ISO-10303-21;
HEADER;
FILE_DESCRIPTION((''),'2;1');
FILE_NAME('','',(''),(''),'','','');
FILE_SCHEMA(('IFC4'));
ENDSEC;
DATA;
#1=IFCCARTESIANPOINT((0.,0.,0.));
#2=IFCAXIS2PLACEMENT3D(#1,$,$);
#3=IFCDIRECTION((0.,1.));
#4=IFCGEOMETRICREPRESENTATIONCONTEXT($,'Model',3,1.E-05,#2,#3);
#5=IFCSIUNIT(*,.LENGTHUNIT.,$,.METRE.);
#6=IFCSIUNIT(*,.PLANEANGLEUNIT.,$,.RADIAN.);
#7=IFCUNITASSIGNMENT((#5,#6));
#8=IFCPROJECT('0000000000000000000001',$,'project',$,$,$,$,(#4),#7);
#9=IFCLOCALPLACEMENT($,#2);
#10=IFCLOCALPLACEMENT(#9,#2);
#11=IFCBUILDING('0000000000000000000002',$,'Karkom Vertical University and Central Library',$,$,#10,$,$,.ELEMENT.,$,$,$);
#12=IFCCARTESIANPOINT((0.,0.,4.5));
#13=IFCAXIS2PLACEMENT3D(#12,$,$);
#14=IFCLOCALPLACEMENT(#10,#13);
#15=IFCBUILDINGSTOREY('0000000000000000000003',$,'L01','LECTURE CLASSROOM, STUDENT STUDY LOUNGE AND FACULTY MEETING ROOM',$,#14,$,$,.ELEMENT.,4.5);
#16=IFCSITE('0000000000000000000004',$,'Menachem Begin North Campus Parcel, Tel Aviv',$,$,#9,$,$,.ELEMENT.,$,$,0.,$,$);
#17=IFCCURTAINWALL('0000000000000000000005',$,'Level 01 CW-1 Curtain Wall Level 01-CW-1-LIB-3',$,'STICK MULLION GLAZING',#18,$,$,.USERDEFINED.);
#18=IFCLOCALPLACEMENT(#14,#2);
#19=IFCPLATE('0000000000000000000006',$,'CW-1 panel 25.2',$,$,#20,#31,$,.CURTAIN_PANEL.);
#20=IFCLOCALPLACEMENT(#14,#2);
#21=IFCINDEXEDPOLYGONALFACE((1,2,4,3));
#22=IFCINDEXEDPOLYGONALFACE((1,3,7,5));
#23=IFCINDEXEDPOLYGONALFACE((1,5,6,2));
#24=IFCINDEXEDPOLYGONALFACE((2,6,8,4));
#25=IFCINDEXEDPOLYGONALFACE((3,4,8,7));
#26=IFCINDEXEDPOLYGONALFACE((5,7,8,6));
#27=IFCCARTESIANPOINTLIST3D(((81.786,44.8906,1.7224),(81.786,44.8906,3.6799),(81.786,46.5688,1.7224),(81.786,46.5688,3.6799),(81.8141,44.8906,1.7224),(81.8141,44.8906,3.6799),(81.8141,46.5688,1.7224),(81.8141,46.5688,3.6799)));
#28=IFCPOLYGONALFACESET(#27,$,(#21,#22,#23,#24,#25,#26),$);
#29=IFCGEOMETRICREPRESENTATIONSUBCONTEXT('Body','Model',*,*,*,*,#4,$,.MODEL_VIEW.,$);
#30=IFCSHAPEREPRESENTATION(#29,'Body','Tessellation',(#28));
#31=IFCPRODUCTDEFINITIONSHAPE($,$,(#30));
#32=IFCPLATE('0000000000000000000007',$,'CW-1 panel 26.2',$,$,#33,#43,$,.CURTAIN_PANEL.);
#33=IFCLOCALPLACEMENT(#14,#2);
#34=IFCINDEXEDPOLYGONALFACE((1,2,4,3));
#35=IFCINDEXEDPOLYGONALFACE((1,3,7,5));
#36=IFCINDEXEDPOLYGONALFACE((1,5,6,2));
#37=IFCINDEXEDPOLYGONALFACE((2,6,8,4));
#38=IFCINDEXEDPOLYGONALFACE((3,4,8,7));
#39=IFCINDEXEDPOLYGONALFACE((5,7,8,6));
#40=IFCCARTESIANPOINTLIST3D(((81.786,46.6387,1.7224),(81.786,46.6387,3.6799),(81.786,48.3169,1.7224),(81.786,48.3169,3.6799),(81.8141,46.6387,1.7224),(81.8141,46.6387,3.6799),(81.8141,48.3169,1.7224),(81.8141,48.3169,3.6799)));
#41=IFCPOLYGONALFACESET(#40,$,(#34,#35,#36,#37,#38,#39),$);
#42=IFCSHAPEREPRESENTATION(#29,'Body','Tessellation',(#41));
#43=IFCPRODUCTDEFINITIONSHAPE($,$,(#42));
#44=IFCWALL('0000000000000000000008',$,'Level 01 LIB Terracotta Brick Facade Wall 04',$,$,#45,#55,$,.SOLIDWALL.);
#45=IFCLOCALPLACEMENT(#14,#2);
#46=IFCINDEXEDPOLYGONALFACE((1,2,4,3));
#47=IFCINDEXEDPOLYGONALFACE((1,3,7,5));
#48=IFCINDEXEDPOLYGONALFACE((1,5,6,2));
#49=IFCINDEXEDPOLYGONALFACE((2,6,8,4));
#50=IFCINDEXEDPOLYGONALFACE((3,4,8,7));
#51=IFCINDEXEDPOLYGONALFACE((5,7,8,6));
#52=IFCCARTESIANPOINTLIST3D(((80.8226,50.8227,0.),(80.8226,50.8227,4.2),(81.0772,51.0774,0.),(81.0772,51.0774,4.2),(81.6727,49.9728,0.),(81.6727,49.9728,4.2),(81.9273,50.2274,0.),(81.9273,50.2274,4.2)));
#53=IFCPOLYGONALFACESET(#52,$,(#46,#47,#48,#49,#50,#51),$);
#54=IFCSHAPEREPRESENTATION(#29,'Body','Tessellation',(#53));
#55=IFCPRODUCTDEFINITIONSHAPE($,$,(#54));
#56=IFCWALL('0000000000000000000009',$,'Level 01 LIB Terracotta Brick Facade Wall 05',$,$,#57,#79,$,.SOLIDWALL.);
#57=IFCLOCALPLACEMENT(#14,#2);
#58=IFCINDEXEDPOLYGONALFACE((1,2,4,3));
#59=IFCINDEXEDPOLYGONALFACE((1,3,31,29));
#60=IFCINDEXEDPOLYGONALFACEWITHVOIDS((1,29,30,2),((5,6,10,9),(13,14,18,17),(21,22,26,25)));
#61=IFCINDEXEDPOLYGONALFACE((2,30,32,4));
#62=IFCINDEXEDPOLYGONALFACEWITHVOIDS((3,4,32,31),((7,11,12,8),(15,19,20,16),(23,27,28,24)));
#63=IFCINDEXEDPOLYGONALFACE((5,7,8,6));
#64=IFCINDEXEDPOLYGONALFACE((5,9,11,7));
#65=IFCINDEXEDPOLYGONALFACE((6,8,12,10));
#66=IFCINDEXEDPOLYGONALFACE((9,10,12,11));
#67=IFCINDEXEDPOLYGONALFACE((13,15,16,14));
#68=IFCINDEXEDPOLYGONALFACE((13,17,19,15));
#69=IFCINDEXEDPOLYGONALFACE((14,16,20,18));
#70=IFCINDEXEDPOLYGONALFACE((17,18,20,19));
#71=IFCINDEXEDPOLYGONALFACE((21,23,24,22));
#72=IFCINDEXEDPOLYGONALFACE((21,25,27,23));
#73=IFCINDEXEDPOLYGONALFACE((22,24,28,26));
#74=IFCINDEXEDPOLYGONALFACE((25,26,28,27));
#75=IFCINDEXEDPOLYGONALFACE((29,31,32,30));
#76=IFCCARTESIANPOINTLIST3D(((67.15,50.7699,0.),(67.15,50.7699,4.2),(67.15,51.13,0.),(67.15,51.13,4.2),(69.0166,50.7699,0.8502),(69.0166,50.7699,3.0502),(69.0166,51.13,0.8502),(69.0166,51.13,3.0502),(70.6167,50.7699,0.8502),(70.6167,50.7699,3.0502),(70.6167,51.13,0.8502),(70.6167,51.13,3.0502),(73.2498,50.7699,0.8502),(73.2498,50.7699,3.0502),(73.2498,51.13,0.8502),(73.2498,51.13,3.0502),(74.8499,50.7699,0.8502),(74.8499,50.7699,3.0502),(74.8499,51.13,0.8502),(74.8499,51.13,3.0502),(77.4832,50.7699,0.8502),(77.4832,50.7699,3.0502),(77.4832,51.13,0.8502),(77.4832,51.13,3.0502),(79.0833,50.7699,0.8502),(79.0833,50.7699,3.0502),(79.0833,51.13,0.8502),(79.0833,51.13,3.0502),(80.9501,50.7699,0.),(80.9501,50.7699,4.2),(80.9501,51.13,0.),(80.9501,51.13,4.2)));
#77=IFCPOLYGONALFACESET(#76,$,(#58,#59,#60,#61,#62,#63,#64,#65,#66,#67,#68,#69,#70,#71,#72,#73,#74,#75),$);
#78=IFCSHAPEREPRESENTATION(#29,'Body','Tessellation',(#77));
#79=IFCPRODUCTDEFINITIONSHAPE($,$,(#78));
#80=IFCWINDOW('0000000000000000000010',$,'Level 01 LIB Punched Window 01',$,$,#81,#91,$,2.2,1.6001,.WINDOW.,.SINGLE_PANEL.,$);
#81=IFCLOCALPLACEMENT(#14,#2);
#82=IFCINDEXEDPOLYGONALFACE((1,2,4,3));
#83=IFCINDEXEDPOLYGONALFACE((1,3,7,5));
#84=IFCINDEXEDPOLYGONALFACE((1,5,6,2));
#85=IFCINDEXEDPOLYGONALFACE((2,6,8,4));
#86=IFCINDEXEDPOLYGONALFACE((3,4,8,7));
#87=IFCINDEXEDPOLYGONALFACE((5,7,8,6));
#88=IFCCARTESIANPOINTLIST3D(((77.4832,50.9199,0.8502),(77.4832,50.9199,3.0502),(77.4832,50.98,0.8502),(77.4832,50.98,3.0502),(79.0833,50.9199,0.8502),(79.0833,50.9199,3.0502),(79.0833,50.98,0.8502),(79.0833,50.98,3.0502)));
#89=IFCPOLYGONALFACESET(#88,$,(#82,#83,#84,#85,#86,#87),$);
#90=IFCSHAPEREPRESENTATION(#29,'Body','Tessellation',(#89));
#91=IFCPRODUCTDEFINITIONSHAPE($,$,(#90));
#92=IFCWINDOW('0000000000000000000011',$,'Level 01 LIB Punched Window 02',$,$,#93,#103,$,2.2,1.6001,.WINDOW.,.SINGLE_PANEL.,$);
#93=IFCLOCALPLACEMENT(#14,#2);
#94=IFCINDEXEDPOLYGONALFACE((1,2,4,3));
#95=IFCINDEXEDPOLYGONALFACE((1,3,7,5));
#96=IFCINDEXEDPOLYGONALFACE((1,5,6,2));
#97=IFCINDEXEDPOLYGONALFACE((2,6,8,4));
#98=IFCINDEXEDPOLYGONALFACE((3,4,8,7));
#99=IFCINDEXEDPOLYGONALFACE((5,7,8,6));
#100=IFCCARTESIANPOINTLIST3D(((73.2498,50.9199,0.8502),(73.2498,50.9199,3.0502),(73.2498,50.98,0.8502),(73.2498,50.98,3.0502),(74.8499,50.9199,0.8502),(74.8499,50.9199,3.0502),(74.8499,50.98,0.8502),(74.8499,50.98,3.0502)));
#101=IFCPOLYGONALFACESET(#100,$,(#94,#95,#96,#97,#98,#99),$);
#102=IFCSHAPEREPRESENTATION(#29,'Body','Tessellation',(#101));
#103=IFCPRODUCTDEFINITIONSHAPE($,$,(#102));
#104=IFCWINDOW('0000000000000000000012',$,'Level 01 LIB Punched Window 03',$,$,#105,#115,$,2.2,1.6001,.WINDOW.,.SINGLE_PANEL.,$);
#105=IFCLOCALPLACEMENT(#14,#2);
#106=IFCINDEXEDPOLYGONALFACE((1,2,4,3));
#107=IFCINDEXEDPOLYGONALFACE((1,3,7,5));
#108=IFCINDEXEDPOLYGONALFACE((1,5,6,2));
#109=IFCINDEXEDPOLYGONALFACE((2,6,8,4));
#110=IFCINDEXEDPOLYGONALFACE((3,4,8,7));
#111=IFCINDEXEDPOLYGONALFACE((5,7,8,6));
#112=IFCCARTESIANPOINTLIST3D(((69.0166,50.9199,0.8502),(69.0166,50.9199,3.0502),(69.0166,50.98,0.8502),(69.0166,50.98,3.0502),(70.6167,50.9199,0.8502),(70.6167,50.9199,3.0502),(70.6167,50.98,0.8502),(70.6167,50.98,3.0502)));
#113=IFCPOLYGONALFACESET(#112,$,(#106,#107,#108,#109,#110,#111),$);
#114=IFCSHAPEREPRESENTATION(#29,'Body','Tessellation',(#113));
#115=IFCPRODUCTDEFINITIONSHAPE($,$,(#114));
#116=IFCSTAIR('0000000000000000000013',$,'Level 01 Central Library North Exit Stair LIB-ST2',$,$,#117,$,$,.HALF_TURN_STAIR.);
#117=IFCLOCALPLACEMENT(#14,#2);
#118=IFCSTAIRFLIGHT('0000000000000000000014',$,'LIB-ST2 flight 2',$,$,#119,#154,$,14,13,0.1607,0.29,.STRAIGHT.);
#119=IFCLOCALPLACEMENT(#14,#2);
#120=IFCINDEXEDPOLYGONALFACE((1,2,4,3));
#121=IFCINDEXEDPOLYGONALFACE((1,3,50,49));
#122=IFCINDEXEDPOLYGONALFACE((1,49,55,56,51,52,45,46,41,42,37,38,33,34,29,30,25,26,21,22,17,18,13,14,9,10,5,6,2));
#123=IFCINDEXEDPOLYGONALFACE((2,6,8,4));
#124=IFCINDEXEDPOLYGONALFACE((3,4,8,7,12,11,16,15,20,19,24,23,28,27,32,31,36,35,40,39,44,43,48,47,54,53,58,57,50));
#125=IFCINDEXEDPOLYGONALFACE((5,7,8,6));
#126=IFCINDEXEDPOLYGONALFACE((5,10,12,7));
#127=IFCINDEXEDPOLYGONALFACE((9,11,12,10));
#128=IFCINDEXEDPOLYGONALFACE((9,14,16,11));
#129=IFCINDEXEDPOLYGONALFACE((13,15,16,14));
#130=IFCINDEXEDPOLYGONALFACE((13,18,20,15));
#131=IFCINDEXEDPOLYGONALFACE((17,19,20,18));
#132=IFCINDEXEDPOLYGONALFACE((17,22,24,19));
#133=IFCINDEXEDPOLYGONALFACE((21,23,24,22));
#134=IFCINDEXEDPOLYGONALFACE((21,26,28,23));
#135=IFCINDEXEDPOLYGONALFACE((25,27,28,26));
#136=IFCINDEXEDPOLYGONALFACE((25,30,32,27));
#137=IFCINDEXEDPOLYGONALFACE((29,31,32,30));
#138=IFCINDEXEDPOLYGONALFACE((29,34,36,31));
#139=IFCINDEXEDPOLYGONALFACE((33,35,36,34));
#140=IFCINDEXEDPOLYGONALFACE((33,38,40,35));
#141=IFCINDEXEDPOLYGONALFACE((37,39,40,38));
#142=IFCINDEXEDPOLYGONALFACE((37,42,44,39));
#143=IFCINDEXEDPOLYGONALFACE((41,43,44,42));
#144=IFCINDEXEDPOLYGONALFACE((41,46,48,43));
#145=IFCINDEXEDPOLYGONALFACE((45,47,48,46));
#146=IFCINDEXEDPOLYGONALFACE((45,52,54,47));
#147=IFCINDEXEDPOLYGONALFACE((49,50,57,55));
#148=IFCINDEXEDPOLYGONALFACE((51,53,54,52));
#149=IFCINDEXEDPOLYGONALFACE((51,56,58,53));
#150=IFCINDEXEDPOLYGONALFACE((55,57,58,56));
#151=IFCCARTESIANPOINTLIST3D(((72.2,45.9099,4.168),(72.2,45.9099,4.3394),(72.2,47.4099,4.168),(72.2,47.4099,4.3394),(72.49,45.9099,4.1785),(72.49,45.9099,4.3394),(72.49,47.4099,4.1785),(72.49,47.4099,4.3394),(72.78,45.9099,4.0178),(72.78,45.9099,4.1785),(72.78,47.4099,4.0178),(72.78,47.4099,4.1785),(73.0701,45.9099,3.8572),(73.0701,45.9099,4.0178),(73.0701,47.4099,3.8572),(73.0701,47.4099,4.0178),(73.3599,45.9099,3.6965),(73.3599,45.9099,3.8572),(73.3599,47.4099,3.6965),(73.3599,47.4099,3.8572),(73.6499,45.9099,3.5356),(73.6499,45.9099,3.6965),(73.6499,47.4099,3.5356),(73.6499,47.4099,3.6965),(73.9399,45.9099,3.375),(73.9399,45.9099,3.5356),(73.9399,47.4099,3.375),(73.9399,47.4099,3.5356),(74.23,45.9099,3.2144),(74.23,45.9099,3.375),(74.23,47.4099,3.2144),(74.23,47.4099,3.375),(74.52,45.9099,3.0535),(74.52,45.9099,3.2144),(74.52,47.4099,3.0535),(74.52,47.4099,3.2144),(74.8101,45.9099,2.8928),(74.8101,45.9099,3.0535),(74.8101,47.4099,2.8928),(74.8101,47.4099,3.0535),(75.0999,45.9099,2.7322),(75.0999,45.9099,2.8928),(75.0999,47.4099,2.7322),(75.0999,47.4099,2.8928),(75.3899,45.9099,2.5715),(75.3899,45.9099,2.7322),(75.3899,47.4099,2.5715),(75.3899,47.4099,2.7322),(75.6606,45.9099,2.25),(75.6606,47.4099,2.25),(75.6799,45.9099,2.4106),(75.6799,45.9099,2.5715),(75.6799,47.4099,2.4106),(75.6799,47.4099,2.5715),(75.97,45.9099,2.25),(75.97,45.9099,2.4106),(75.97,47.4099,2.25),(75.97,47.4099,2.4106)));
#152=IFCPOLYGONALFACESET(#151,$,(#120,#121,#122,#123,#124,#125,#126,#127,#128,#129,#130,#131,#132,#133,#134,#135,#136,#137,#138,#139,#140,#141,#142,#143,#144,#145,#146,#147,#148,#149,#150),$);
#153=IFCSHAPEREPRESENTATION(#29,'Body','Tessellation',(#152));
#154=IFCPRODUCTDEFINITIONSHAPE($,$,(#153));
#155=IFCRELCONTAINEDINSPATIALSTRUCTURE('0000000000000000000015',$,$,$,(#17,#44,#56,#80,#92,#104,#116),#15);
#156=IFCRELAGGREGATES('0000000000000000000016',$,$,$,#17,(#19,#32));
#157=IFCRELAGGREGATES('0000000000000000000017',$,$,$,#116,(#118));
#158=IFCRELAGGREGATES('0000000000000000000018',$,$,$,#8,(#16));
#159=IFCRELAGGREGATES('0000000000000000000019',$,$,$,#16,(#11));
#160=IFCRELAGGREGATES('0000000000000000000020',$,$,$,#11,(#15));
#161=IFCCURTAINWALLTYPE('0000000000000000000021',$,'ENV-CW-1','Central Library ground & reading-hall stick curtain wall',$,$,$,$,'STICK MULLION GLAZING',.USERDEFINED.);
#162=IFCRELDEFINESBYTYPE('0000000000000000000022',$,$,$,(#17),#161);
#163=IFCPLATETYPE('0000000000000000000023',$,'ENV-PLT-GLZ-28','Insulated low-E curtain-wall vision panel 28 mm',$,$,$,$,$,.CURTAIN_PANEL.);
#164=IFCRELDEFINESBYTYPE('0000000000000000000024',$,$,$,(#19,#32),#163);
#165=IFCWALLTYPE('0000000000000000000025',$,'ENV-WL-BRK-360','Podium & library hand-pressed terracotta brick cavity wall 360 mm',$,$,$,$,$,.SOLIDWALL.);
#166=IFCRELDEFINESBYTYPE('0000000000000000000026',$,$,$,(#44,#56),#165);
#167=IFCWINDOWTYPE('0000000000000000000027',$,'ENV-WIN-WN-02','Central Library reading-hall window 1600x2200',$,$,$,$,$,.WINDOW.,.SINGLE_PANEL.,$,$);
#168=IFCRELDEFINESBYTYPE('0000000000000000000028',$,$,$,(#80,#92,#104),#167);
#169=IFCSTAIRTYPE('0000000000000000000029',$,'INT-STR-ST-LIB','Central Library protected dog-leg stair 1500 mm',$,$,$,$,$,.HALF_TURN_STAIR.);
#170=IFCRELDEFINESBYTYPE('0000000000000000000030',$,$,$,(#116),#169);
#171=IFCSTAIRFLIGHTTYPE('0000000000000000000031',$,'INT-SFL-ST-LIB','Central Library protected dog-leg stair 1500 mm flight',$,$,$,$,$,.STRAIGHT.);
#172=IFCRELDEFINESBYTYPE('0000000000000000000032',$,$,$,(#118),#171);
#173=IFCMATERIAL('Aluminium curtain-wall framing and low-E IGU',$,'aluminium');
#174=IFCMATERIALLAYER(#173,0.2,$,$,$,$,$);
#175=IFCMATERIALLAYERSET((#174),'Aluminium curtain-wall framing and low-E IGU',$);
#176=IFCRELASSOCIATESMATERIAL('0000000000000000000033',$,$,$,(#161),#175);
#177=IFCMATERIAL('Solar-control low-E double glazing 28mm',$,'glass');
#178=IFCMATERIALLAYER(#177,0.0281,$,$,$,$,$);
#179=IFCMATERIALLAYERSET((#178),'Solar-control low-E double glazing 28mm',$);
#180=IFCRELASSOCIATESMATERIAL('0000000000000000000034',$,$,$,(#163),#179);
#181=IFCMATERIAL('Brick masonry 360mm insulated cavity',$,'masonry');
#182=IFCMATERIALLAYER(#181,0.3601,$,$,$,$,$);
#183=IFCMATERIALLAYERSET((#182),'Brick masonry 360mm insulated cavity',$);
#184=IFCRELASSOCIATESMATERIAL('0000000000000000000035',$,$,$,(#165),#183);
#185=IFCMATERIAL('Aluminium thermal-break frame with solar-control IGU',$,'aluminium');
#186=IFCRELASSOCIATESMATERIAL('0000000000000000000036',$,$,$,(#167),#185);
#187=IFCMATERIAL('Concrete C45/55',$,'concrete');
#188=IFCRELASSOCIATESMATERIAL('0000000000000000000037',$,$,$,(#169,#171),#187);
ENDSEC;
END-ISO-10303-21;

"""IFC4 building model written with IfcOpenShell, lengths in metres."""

from ifc_helpers import new_model, si_unit, direction, frame, frame_2d, origin, origin_with_axes, origin_2d, place, context, subcontext, project, spatial, polyline, rectangle, outline, extrude, source, transform, mapped, material, layer, layer_set, type_object, element, fill, aggregate, save


model = new_model("IFC4")

# Units and contexts
model_context = context("Model", 3, precision=1e-05, world=origin(), true_north=direction((0.0, 1.0)))
body_context = subcontext(model_context, "Body", "Model", "MODEL_VIEW")
ifc_project = project(units=[si_unit("LENGTHUNIT", "METRE"), si_unit("PLANEANGLEUNIT", "RADIAN")], contexts=[model_context])

# Site, building, storey
site_placement = place(None, origin())
site = spatial("IfcSite", under=ifc_project, at=site_placement, Name="Menachem Begin North Campus Parcel, Tel Aviv", CompositionType="ELEMENT", RefElevation=0.0)
building_placement = place(site_placement, origin())
building = spatial("IfcBuilding", under=site, at=building_placement, Name="Karkom Vertical University and Central Library", CompositionType="ELEMENT")
storey_placement = place(building_placement, frame((0.0, 0.0, 4.5)))
storey = spatial("IfcBuildingStorey", under=building, at=storey_placement, Name="L01", Description="LECTURE CLASSROOM, STUDENT STUDY LOUNGE AND FACULTY MEETING ROOM", CompositionType="ELEMENT", Elevation=4.5)

# Shared definitions
ifc_material_1 = material(Name="Concrete C45/55", Category="concrete")

# Curtain wall, plates
ifc_material_2 = material(Name="Aluminium curtain-wall framing and low-E IGU", Category="aluminium")
ifc_layer_1 = layer(ifc_material_2, 0.2)
ifc_layer_set_1 = layer_set([ifc_layer_1], Name="Aluminium curtain-wall framing and low-E IGU")
curtain_wall_type = type_object("IfcCurtainWallType", Name="ENV-CW-1", Description="Central Library ground & reading-hall stick curtain wall", ElementType="STICK MULLION GLAZING", PredefinedType="USERDEFINED", material=ifc_layer_set_1)
curtain_wall_placement = place(storey_placement, origin())
curtain_wall = element("IfcCurtainWall", 1, at=curtain_wall_placement, inside=storey, type_object=curtain_wall_type, Name="Level 01 CW-1 Curtain Wall Level 01-CW-1-LIB-3", ObjectType="STICK MULLION GLAZING", PredefinedType="USERDEFINED")
ifc_material_3 = material(Name="Solar-control low-E double glazing 28mm", Category="glass")
ifc_layer_2 = layer(ifc_material_3, 0.0281)
ifc_layer_set_2 = layer_set([ifc_layer_2], Name="Solar-control low-E double glazing 28mm")
plate_type = type_object("IfcPlateType", Name="ENV-PLT-GLZ-28", Description="Insulated low-E curtain-wall vision panel 28 mm", PredefinedType="CURTAIN_PANEL", material=ifc_layer_set_2)
shared_shape_1 = source(origin_with_axes(), body_context, "Body", "SweptSolid", [
    extrude(rectangle(XDim=1.6782, YDim=0.0281, at=origin_2d()), origin(), (0.0, 0.0, 1.0), 1.9575),
])
plate_1_placement = place(storey_placement, frame((81.8, 45.7297, 1.7224), z_axis=(0.0, 0.0, 1.0), x_axis=(0.0, 1.0, 0.0)))
plate_1 = element("IfcPlate", 2, at=plate_1_placement, type_object=plate_type, Name="CW-1 panel 25.2", PredefinedType="CURTAIN_PANEL", context=body_context, shape_type="MappedRepresentation", body=[
    mapped(shared_shape_1, transform((0.0, 0.0, 0.0), scale=1.0)),
])
plate_2_placement = place(storey_placement, frame((81.8, 47.4778, 1.7224), z_axis=(0.0, 0.0, 1.0), x_axis=(0.0, 1.0, 0.0)))
plate_2 = element("IfcPlate", 3, at=plate_2_placement, type_object=plate_type, Name="CW-1 panel 26.2", PredefinedType="CURTAIN_PANEL", context=body_context, shape_type="MappedRepresentation", body=[
    mapped(shared_shape_1, transform((0.0, 0.0, 0.0), scale=1.0)),
])
aggregate(curtain_wall, [plate_1, plate_2])

# Wall
ifc_material_4 = material(Name="Brick masonry 360mm insulated cavity", Category="masonry")
ifc_layer_3 = layer(ifc_material_4, 0.3601)
ifc_layer_set_3 = layer_set([ifc_layer_3], Name="Brick masonry 360mm insulated cavity")
wall_type = type_object("IfcWallType", Name="ENV-WL-BRK-360", Description="Podium & library hand-pressed terracotta brick cavity wall 360 mm", PredefinedType="SOLIDWALL", material=ifc_layer_set_3)
wall_1_placement = place(storey_placement, frame((81.8, 50.1001, 0.0), z_axis=(0.0, 0.0, 1.0), x_axis=(-0.707208, 0.707005, 0.0)))
element("IfcWall", 4, at=wall_1_placement, inside=storey, type_object=wall_type, Name="Level 01 LIB Terracotta Brick Facade Wall 04", PredefinedType="SOLIDWALL", context=body_context, shape_type="SweptSolid", body=[
    extrude(rectangle(XDim=1.2021, YDim=0.3601, at=frame_2d((0.6011, 0.0))), origin(), (0.0, 0.0, 1.0), 4.2),
])

# Wall, openings, windows
wall_2_placement = place(storey_placement, frame((80.95, 50.95, 0.0), z_axis=(0.0, 0.0, 1.0), x_axis=(-1.0, 0.0, 0.0)))
wall_2 = element("IfcWall", 5, at=wall_2_placement, inside=storey, type_object=wall_type, Name="Level 01 LIB Terracotta Brick Facade Wall 05", PredefinedType="SOLIDWALL", context=body_context, shape_type="SweptSolid", body=[
    extrude(rectangle(XDim=13.8, YDim=0.3601, at=frame_2d((6.8999, 0.0))), origin(), (0.0, 0.0, 1.0), 4.2),
])
opening_1_placement = place(wall_2_placement, frame((1.8667, 0.0, 0.8501)))
opening_1 = element("IfcOpeningElement", 6, at=opening_1_placement, cuts=wall_2, PredefinedType="OPENING", context=body_context, shape_type="SweptSolid", body=[
    extrude(rectangle(XDim=1.6001, YDim=2.2, at=frame_2d((0.8, 1.1001))), frame((0.0, 0.1899, 0.0), z_axis=(0.0, -1.0, 0.0), x_axis=(1.0, 0.0, 0.0)), (0.0, 0.0, 1.0), 0.3801),
])
opening_2_placement = place(wall_2_placement, frame((6.1001, 0.0, 0.8501)))
opening_2 = element("IfcOpeningElement", 7, at=opening_2_placement, cuts=wall_2, PredefinedType="OPENING", context=body_context, shape_type="SweptSolid", body=[
    extrude(rectangle(XDim=1.6001, YDim=2.2, at=frame_2d((0.8, 1.1001))), frame((0.0, 0.1899, 0.0), z_axis=(0.0, -1.0, 0.0), x_axis=(1.0, 0.0, 0.0)), (0.0, 0.0, 1.0), 0.3801),
])
opening_3_placement = place(wall_2_placement, frame((10.3333, 0.0, 0.8501)))
opening_3 = element("IfcOpeningElement", 8, at=opening_3_placement, cuts=wall_2, PredefinedType="OPENING", context=body_context, shape_type="SweptSolid", body=[
    extrude(rectangle(XDim=1.6001, YDim=2.2, at=frame_2d((0.8, 1.1001))), frame((0.0, 0.1899, 0.0), z_axis=(0.0, -1.0, 0.0), x_axis=(1.0, 0.0, 0.0)), (0.0, 0.0, 1.0), 0.3801),
])
ifc_material_5 = material(Name="Aluminium thermal-break frame with solar-control IGU", Category="aluminium")
window_type = type_object("IfcWindowType", Name="ENV-WIN-WN-02", Description="Central Library reading-hall window 1600x2200", PartitioningType="SINGLE_PANEL", PredefinedType="WINDOW", material=ifc_material_5)
shared_shape_2 = source(origin_with_axes(), body_context, "Body", "SweptSolid", [
    extrude(rectangle(XDim=1.6001, YDim=2.2, at=frame_2d((0.8, 1.1001))), frame((0.0, 0.03, 0.0), z_axis=(0.0, -1.0, 0.0), x_axis=(1.0, 0.0, 0.0)), (0.0, 0.0, 1.0), 0.0601),
])
window_1_placement = place(opening_1_placement, origin())
window_1 = element("IfcWindow", 9, at=window_1_placement, inside=storey, type_object=window_type, Name="Level 01 LIB Punched Window 01", OverallHeight=2.2, OverallWidth=1.6001, PartitioningType="SINGLE_PANEL", PredefinedType="WINDOW", context=body_context, shape_type="MappedRepresentation", body=[
    mapped(shared_shape_2, transform((0.0, 0.0, 0.0), scale=1.0)),
])
fill(opening_1, window_1)
window_2_placement = place(opening_2_placement, origin())
window_2 = element("IfcWindow", 10, at=window_2_placement, inside=storey, type_object=window_type, Name="Level 01 LIB Punched Window 02", OverallHeight=2.2, OverallWidth=1.6001, PartitioningType="SINGLE_PANEL", PredefinedType="WINDOW", context=body_context, shape_type="MappedRepresentation", body=[
    mapped(shared_shape_2, transform((0.0, 0.0, 0.0), scale=1.0)),
])
fill(opening_2, window_2)
window_3_placement = place(opening_3_placement, origin())
window_3 = element("IfcWindow", 11, at=window_3_placement, inside=storey, type_object=window_type, Name="Level 01 LIB Punched Window 03", OverallHeight=2.2, OverallWidth=1.6001, PartitioningType="SINGLE_PANEL", PredefinedType="WINDOW", context=body_context, shape_type="MappedRepresentation", body=[
    mapped(shared_shape_2, transform((0.0, 0.0, 0.0), scale=1.0)),
])
fill(opening_3, window_3)

# Stair, stair flight
stair_type = type_object("IfcStairType", Name="INT-STR-ST-LIB", Description="Central Library protected dog-leg stair 1500 mm", PredefinedType="HALF_TURN_STAIR", material=ifc_material_1)
stair_placement = place(storey_placement, origin())
stair = element("IfcStair", 12, at=stair_placement, inside=storey, type_object=stair_type, Name="Level 01 Central Library North Exit Stair LIB-ST2", PredefinedType="HALF_TURN_STAIR")
stair_flight_type = type_object("IfcStairFlightType", Name="INT-SFL-ST-LIB", Description="Central Library protected dog-leg stair 1500 mm flight", PredefinedType="STRAIGHT", material=ifc_material_1)
stair_flight_placement = place(storey_placement, frame((75.97, 46.6599, 2.25), z_axis=(0.0, 0.0, 1.0), x_axis=(-1.0, 0.0, 0.0)))
stair_flight = element("IfcStairFlight", 13, at=stair_flight_placement, type_object=stair_flight_type, Name="LIB-ST2 flight 2", NumberOfRisers=14, NumberOfTreads=13, PredefinedType="STRAIGHT", RiserHeight=0.1607, TreadLength=0.29, context=body_context, shape_type="SweptSolid", body=[
    extrude(outline(polyline([(0.0, 0.0), (0.0, 0.1606), (0.29, 0.1606), (0.29, 0.3215), (0.5801, 0.3215), (0.5801, 0.4822), (0.8701, 0.4822), (0.8701, 0.6428), (1.1599, 0.6428), (1.1599, 0.8035), (1.45, 0.8035), (1.45, 0.9644), (1.74, 0.9644), (1.74, 1.125), (2.03, 1.125), (2.03, 1.2856), (2.3201, 1.2856), (2.3201, 1.4465), (2.6101, 1.4465), (2.6101, 1.6072), (2.8999, 1.6072), (2.8999, 1.7678), (3.1899, 1.7678), (3.1899, 1.9285), (3.48, 1.9285), (3.48, 2.0894), (3.77, 2.0894), (3.77, 2.25), (3.77, 1.918), (0.3093, 0.0), (0.0, 0.0)])), frame((0.0, 0.75, 0.0), z_axis=(0.0, -1.0, 0.0), x_axis=(1.0, 0.0, 0.0)), (0.0, 0.0, 1.0), 1.5),
])
aggregate(stair, [stair_flight])

save(model, "model.ifc")
